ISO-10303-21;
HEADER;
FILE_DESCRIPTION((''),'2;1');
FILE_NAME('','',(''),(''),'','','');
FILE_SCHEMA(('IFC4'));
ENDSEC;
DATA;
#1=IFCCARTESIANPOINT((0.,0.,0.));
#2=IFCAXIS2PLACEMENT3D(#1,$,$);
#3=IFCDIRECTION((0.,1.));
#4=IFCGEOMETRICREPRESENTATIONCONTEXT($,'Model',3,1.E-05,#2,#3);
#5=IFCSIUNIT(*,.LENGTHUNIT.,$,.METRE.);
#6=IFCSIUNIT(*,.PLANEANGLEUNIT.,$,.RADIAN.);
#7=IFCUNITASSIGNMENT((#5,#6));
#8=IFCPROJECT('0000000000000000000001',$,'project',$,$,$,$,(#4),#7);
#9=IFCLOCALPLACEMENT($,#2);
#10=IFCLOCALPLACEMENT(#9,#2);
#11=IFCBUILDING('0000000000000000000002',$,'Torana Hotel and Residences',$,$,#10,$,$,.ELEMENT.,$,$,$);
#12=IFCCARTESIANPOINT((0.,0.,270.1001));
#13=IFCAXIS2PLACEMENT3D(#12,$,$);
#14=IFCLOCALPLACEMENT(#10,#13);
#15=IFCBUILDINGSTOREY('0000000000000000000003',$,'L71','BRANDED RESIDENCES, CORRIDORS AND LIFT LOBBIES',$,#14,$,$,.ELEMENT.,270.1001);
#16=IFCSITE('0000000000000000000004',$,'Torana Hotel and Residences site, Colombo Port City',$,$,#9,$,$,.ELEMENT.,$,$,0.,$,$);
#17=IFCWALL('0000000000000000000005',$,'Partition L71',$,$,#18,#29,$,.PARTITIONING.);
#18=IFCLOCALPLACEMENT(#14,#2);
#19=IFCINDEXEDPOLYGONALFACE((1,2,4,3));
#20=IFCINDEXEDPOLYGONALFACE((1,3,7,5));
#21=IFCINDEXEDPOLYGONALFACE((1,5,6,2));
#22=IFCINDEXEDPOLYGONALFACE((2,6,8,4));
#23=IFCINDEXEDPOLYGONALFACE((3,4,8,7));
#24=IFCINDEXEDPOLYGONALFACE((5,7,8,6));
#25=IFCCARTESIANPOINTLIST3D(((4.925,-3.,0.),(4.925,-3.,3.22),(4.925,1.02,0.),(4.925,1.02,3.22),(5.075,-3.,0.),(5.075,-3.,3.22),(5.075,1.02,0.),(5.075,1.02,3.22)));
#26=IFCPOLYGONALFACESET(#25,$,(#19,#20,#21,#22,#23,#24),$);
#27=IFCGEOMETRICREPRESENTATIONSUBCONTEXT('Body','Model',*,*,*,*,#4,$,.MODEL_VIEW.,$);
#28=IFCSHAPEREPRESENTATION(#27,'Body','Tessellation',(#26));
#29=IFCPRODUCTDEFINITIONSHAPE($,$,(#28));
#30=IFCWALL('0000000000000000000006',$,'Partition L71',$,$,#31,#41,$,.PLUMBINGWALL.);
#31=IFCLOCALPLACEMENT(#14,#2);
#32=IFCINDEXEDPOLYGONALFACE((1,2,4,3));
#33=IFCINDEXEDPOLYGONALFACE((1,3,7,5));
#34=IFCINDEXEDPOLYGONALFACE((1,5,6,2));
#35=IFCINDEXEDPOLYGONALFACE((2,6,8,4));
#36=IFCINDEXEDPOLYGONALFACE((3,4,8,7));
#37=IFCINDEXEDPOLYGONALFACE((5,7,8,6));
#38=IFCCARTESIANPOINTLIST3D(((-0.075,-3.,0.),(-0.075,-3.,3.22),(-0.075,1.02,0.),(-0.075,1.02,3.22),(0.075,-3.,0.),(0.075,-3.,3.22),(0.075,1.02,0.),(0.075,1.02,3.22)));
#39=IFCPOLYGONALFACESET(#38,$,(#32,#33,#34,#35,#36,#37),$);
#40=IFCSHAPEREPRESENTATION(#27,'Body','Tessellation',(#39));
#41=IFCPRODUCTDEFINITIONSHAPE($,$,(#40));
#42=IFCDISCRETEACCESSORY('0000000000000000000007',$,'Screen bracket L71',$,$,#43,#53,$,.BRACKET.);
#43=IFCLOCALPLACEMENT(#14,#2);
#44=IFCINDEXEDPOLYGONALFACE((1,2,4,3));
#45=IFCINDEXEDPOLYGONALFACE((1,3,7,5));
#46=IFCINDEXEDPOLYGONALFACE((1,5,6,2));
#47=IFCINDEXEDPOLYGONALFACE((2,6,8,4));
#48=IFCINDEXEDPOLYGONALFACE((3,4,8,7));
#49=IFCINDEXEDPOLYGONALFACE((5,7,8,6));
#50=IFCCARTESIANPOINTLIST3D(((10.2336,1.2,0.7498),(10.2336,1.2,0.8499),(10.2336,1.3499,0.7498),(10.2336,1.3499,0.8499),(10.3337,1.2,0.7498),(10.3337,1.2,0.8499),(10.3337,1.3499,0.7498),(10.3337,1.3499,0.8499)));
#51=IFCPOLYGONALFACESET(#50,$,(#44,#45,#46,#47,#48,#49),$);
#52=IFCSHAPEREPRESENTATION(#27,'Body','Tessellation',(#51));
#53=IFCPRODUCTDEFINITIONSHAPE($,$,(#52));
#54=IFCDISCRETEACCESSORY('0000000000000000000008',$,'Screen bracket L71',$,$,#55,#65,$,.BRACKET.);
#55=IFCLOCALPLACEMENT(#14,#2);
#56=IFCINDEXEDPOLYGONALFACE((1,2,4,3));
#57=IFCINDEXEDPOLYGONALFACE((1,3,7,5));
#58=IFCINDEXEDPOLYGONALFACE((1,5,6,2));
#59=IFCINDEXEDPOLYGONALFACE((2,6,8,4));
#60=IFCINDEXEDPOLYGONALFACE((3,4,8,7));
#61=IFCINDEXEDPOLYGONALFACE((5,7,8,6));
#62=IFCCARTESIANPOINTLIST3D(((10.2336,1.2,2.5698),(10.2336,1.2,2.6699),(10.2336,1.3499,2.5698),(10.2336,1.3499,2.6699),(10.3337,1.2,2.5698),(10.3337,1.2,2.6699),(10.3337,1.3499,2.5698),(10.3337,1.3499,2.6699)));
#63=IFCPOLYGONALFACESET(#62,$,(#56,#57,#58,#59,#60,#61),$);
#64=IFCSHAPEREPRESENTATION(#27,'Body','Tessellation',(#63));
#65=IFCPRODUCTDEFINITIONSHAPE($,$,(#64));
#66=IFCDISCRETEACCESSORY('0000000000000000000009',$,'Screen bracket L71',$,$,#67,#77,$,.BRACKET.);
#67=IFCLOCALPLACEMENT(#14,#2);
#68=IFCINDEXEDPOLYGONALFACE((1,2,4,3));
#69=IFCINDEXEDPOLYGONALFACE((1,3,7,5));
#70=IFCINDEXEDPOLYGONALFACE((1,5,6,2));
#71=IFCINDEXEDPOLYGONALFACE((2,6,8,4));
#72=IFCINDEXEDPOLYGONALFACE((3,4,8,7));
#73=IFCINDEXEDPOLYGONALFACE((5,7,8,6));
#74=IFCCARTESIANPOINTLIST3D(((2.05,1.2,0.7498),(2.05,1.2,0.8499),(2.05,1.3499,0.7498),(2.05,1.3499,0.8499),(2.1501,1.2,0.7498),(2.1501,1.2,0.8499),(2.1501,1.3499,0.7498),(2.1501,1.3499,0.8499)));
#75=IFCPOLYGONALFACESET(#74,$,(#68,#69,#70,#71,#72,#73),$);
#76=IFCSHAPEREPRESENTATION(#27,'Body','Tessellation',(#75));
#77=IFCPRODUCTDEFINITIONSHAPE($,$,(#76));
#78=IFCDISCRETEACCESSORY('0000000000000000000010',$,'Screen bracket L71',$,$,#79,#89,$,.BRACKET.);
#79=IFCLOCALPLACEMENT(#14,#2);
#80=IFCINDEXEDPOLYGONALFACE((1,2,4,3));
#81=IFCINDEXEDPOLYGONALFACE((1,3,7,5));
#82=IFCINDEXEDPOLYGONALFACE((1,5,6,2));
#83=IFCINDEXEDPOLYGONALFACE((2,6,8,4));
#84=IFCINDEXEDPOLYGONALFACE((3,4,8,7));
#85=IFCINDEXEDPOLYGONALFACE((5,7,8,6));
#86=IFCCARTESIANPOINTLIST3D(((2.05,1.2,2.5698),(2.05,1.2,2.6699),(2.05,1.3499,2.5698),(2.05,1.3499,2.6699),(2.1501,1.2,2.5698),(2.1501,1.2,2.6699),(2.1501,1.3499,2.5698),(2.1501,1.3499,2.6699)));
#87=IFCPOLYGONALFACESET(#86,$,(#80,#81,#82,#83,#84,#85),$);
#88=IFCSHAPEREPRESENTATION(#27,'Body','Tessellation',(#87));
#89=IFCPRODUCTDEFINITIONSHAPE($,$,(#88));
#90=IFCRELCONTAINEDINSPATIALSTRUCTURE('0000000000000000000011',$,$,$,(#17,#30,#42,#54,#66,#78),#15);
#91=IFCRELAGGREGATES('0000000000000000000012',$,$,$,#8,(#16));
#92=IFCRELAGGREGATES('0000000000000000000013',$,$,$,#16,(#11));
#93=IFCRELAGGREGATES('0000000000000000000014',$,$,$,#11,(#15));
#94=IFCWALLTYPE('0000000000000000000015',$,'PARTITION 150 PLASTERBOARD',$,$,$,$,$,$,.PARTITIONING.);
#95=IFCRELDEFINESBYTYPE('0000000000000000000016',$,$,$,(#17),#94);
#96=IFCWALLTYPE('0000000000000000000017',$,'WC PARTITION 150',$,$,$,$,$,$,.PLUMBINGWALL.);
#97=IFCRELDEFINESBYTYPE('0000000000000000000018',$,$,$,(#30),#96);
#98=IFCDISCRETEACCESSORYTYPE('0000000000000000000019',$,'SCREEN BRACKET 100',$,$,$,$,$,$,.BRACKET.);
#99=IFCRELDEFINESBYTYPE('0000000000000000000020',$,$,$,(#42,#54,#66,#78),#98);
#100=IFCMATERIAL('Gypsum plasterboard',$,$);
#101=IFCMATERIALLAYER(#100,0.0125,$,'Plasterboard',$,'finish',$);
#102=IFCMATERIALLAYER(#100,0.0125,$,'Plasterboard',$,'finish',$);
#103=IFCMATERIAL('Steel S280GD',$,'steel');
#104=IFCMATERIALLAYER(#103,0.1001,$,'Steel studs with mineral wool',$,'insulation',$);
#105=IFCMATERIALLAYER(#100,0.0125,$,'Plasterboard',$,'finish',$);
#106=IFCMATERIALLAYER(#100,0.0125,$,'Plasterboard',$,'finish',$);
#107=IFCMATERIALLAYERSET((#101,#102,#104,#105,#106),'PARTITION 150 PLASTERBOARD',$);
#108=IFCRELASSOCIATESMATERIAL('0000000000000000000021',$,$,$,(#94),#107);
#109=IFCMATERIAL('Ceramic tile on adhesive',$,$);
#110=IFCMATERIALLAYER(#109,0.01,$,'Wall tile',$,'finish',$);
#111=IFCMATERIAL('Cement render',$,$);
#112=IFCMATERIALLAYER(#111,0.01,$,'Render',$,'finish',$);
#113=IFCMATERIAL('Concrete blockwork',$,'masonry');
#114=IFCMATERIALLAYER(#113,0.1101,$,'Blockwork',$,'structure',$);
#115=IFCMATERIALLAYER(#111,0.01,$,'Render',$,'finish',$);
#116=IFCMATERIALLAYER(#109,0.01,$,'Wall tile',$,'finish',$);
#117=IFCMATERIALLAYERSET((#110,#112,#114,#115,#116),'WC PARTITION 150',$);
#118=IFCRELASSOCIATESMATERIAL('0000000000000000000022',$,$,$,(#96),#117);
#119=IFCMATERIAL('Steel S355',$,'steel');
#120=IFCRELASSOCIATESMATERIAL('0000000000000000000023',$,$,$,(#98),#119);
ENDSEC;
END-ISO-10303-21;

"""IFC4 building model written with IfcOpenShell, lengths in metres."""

from ifc_helpers import new_model, si_unit, direction, frame, frame_2d, origin, origin_2d, place, context, subcontext, project, spatial, rectangle, extrude, material, layer, layer_set, type_object, element, save


model = new_model("IFC4")

# Units and contexts
model_context = context("Model", 3, precision=1e-05, world=origin(), true_north=direction((0.0, 1.0)))
body_context = subcontext(model_context, "Body", "Model", "MODEL_VIEW")
ifc_project = project(units=[si_unit("LENGTHUNIT", "METRE"), si_unit("PLANEANGLEUNIT", "RADIAN")], contexts=[model_context])

# Site, building, storey
site_placement = place(None, origin())
site = spatial("IfcSite", under=ifc_project, at=site_placement, Name="Torana Hotel and Residences site, Colombo Port City", CompositionType="ELEMENT", RefElevation=0.0)
building_placement = place(site_placement, origin())
building = spatial("IfcBuilding", under=site, at=building_placement, Name="Torana Hotel and Residences", CompositionType="ELEMENT")
storey_placement = place(building_placement, frame((0.0, 0.0, 270.1001)))
storey = spatial("IfcBuildingStorey", under=building, at=storey_placement, Name="L71", Description="BRANDED RESIDENCES, CORRIDORS AND LIFT LOBBIES", CompositionType="ELEMENT", Elevation=270.1001)

# Walls
ifc_material_1 = material(Name="Concrete blockwork", Category="masonry")
ifc_material_2 = material(Name="Gypsum plasterboard")
ifc_layer_1 = layer(ifc_material_2, 0.0125, Name="Plasterboard", Category="finish")
ifc_layer_2 = layer(ifc_material_2, 0.0125, Name="Plasterboard", Category="finish")
ifc_material_3 = material(Name="Steel S280GD", Category="steel")
ifc_layer_3 = layer(ifc_material_3, 0.1001, Name="Steel studs with mineral wool", Category="insulation")
ifc_layer_4 = layer(ifc_material_2, 0.0125, Name="Plasterboard", Category="finish")
ifc_layer_5 = layer(ifc_material_2, 0.0125, Name="Plasterboard", Category="finish")
ifc_layer_set_1 = layer_set([ifc_layer_1, ifc_layer_2, ifc_layer_3, ifc_layer_4, ifc_layer_5], Name="PARTITION 150 PLASTERBOARD")
wall_type_1 = type_object("IfcWallType", Name="PARTITION 150 PLASTERBOARD", PredefinedType="PARTITIONING", material=ifc_layer_set_1)
wall_1_placement = place(storey_placement, frame((5.0, -3.0, 0.0), z_axis=(0.0, 0.0, 1.0), x_axis=(0.0, 1.0, 0.0)))
element("IfcWall", 1, at=wall_1_placement, inside=storey, type_object=wall_type_1, Name="Partition L71", PredefinedType="PARTITIONING", context=body_context, shape_type="SweptSolid", body=[
    extrude(rectangle(XDim=4.02, YDim=0.1499, at=frame_2d((2.01, 0.0))), origin(), (0.0, 0.0, 1.0), 3.22),
])
ifc_material_4 = material(Name="Ceramic tile on adhesive")
ifc_layer_6 = layer(ifc_material_4, 0.01, Name="Wall tile", Category="finish")
ifc_material_5 = material(Name="Cement render")
ifc_layer_7 = layer(ifc_material_5, 0.01, Name="Render", Category="finish")
ifc_layer_8 = layer(ifc_material_1, 0.1101, Name="Blockwork", Category="structure")
ifc_layer_9 = layer(ifc_material_5, 0.01, Name="Render", Category="finish")
ifc_layer_10 = layer(ifc_material_4, 0.01, Name="Wall tile", Category="finish")
ifc_layer_set_2 = layer_set([ifc_layer_6, ifc_layer_7, ifc_layer_8, ifc_layer_9, ifc_layer_10], Name="WC PARTITION 150")
wall_type_2 = type_object("IfcWallType", Name="WC PARTITION 150", PredefinedType="PLUMBINGWALL", material=ifc_layer_set_2)
wall_2_placement = place(storey_placement, frame((0.0, -3.0, 0.0), z_axis=(0.0, 0.0, 1.0), x_axis=(0.0, 1.0, 0.0)))
element("IfcWall", 2, at=wall_2_placement, inside=storey, type_object=wall_type_2, Name="Partition L71", PredefinedType="PLUMBINGWALL", context=body_context, shape_type="SweptSolid", body=[
    extrude(rectangle(XDim=4.02, YDim=0.1499, at=frame_2d((2.01, 0.0))), origin(), (0.0, 0.0, 1.0), 3.22),
])

# Discrete accessories
ifc_material_6 = material(Name="Steel S355", Category="steel")
discrete_accessory_type = type_object("IfcDiscreteAccessoryType", Name="SCREEN BRACKET 100", PredefinedType="BRACKET", material=ifc_material_6)
for number, where, z_axis, x_axis, name in (
    (3, (10.2837, 1.2749, 0.7498), (0.0, 0.0, 1.0), (-1.0, 0.0, 0.0), "Screen bracket L71"),
    (4, (10.2837, 1.2749, 2.5698), (0.0, 0.0, 1.0), (-1.0, 0.0, 0.0), "Screen bracket L71"),
    (5, (2.1001, 1.2749, 0.7498), (0.0, 0.0, 1.0), (-1.0, 0.0, 0.0), "Screen bracket L71"),
    (6, (2.1001, 1.2749, 2.5698), (0.0, 0.0, 1.0), (-1.0, 0.0, 0.0), "Screen bracket L71"),
):
    element("IfcDiscreteAccessory", number, at=place(storey_placement, frame(where, z_axis=z_axis, x_axis=x_axis)), inside=storey, type_object=discrete_accessory_type, Name=name, PredefinedType="BRACKET", context=body_context, shape_type="SweptSolid", body=[
        extrude(rectangle(XDim=0.1001, YDim=0.1499, at=origin_2d()), origin(), (0.0, 0.0, 1.0), 0.1001),
    ])

save(model, "model.ifc")
